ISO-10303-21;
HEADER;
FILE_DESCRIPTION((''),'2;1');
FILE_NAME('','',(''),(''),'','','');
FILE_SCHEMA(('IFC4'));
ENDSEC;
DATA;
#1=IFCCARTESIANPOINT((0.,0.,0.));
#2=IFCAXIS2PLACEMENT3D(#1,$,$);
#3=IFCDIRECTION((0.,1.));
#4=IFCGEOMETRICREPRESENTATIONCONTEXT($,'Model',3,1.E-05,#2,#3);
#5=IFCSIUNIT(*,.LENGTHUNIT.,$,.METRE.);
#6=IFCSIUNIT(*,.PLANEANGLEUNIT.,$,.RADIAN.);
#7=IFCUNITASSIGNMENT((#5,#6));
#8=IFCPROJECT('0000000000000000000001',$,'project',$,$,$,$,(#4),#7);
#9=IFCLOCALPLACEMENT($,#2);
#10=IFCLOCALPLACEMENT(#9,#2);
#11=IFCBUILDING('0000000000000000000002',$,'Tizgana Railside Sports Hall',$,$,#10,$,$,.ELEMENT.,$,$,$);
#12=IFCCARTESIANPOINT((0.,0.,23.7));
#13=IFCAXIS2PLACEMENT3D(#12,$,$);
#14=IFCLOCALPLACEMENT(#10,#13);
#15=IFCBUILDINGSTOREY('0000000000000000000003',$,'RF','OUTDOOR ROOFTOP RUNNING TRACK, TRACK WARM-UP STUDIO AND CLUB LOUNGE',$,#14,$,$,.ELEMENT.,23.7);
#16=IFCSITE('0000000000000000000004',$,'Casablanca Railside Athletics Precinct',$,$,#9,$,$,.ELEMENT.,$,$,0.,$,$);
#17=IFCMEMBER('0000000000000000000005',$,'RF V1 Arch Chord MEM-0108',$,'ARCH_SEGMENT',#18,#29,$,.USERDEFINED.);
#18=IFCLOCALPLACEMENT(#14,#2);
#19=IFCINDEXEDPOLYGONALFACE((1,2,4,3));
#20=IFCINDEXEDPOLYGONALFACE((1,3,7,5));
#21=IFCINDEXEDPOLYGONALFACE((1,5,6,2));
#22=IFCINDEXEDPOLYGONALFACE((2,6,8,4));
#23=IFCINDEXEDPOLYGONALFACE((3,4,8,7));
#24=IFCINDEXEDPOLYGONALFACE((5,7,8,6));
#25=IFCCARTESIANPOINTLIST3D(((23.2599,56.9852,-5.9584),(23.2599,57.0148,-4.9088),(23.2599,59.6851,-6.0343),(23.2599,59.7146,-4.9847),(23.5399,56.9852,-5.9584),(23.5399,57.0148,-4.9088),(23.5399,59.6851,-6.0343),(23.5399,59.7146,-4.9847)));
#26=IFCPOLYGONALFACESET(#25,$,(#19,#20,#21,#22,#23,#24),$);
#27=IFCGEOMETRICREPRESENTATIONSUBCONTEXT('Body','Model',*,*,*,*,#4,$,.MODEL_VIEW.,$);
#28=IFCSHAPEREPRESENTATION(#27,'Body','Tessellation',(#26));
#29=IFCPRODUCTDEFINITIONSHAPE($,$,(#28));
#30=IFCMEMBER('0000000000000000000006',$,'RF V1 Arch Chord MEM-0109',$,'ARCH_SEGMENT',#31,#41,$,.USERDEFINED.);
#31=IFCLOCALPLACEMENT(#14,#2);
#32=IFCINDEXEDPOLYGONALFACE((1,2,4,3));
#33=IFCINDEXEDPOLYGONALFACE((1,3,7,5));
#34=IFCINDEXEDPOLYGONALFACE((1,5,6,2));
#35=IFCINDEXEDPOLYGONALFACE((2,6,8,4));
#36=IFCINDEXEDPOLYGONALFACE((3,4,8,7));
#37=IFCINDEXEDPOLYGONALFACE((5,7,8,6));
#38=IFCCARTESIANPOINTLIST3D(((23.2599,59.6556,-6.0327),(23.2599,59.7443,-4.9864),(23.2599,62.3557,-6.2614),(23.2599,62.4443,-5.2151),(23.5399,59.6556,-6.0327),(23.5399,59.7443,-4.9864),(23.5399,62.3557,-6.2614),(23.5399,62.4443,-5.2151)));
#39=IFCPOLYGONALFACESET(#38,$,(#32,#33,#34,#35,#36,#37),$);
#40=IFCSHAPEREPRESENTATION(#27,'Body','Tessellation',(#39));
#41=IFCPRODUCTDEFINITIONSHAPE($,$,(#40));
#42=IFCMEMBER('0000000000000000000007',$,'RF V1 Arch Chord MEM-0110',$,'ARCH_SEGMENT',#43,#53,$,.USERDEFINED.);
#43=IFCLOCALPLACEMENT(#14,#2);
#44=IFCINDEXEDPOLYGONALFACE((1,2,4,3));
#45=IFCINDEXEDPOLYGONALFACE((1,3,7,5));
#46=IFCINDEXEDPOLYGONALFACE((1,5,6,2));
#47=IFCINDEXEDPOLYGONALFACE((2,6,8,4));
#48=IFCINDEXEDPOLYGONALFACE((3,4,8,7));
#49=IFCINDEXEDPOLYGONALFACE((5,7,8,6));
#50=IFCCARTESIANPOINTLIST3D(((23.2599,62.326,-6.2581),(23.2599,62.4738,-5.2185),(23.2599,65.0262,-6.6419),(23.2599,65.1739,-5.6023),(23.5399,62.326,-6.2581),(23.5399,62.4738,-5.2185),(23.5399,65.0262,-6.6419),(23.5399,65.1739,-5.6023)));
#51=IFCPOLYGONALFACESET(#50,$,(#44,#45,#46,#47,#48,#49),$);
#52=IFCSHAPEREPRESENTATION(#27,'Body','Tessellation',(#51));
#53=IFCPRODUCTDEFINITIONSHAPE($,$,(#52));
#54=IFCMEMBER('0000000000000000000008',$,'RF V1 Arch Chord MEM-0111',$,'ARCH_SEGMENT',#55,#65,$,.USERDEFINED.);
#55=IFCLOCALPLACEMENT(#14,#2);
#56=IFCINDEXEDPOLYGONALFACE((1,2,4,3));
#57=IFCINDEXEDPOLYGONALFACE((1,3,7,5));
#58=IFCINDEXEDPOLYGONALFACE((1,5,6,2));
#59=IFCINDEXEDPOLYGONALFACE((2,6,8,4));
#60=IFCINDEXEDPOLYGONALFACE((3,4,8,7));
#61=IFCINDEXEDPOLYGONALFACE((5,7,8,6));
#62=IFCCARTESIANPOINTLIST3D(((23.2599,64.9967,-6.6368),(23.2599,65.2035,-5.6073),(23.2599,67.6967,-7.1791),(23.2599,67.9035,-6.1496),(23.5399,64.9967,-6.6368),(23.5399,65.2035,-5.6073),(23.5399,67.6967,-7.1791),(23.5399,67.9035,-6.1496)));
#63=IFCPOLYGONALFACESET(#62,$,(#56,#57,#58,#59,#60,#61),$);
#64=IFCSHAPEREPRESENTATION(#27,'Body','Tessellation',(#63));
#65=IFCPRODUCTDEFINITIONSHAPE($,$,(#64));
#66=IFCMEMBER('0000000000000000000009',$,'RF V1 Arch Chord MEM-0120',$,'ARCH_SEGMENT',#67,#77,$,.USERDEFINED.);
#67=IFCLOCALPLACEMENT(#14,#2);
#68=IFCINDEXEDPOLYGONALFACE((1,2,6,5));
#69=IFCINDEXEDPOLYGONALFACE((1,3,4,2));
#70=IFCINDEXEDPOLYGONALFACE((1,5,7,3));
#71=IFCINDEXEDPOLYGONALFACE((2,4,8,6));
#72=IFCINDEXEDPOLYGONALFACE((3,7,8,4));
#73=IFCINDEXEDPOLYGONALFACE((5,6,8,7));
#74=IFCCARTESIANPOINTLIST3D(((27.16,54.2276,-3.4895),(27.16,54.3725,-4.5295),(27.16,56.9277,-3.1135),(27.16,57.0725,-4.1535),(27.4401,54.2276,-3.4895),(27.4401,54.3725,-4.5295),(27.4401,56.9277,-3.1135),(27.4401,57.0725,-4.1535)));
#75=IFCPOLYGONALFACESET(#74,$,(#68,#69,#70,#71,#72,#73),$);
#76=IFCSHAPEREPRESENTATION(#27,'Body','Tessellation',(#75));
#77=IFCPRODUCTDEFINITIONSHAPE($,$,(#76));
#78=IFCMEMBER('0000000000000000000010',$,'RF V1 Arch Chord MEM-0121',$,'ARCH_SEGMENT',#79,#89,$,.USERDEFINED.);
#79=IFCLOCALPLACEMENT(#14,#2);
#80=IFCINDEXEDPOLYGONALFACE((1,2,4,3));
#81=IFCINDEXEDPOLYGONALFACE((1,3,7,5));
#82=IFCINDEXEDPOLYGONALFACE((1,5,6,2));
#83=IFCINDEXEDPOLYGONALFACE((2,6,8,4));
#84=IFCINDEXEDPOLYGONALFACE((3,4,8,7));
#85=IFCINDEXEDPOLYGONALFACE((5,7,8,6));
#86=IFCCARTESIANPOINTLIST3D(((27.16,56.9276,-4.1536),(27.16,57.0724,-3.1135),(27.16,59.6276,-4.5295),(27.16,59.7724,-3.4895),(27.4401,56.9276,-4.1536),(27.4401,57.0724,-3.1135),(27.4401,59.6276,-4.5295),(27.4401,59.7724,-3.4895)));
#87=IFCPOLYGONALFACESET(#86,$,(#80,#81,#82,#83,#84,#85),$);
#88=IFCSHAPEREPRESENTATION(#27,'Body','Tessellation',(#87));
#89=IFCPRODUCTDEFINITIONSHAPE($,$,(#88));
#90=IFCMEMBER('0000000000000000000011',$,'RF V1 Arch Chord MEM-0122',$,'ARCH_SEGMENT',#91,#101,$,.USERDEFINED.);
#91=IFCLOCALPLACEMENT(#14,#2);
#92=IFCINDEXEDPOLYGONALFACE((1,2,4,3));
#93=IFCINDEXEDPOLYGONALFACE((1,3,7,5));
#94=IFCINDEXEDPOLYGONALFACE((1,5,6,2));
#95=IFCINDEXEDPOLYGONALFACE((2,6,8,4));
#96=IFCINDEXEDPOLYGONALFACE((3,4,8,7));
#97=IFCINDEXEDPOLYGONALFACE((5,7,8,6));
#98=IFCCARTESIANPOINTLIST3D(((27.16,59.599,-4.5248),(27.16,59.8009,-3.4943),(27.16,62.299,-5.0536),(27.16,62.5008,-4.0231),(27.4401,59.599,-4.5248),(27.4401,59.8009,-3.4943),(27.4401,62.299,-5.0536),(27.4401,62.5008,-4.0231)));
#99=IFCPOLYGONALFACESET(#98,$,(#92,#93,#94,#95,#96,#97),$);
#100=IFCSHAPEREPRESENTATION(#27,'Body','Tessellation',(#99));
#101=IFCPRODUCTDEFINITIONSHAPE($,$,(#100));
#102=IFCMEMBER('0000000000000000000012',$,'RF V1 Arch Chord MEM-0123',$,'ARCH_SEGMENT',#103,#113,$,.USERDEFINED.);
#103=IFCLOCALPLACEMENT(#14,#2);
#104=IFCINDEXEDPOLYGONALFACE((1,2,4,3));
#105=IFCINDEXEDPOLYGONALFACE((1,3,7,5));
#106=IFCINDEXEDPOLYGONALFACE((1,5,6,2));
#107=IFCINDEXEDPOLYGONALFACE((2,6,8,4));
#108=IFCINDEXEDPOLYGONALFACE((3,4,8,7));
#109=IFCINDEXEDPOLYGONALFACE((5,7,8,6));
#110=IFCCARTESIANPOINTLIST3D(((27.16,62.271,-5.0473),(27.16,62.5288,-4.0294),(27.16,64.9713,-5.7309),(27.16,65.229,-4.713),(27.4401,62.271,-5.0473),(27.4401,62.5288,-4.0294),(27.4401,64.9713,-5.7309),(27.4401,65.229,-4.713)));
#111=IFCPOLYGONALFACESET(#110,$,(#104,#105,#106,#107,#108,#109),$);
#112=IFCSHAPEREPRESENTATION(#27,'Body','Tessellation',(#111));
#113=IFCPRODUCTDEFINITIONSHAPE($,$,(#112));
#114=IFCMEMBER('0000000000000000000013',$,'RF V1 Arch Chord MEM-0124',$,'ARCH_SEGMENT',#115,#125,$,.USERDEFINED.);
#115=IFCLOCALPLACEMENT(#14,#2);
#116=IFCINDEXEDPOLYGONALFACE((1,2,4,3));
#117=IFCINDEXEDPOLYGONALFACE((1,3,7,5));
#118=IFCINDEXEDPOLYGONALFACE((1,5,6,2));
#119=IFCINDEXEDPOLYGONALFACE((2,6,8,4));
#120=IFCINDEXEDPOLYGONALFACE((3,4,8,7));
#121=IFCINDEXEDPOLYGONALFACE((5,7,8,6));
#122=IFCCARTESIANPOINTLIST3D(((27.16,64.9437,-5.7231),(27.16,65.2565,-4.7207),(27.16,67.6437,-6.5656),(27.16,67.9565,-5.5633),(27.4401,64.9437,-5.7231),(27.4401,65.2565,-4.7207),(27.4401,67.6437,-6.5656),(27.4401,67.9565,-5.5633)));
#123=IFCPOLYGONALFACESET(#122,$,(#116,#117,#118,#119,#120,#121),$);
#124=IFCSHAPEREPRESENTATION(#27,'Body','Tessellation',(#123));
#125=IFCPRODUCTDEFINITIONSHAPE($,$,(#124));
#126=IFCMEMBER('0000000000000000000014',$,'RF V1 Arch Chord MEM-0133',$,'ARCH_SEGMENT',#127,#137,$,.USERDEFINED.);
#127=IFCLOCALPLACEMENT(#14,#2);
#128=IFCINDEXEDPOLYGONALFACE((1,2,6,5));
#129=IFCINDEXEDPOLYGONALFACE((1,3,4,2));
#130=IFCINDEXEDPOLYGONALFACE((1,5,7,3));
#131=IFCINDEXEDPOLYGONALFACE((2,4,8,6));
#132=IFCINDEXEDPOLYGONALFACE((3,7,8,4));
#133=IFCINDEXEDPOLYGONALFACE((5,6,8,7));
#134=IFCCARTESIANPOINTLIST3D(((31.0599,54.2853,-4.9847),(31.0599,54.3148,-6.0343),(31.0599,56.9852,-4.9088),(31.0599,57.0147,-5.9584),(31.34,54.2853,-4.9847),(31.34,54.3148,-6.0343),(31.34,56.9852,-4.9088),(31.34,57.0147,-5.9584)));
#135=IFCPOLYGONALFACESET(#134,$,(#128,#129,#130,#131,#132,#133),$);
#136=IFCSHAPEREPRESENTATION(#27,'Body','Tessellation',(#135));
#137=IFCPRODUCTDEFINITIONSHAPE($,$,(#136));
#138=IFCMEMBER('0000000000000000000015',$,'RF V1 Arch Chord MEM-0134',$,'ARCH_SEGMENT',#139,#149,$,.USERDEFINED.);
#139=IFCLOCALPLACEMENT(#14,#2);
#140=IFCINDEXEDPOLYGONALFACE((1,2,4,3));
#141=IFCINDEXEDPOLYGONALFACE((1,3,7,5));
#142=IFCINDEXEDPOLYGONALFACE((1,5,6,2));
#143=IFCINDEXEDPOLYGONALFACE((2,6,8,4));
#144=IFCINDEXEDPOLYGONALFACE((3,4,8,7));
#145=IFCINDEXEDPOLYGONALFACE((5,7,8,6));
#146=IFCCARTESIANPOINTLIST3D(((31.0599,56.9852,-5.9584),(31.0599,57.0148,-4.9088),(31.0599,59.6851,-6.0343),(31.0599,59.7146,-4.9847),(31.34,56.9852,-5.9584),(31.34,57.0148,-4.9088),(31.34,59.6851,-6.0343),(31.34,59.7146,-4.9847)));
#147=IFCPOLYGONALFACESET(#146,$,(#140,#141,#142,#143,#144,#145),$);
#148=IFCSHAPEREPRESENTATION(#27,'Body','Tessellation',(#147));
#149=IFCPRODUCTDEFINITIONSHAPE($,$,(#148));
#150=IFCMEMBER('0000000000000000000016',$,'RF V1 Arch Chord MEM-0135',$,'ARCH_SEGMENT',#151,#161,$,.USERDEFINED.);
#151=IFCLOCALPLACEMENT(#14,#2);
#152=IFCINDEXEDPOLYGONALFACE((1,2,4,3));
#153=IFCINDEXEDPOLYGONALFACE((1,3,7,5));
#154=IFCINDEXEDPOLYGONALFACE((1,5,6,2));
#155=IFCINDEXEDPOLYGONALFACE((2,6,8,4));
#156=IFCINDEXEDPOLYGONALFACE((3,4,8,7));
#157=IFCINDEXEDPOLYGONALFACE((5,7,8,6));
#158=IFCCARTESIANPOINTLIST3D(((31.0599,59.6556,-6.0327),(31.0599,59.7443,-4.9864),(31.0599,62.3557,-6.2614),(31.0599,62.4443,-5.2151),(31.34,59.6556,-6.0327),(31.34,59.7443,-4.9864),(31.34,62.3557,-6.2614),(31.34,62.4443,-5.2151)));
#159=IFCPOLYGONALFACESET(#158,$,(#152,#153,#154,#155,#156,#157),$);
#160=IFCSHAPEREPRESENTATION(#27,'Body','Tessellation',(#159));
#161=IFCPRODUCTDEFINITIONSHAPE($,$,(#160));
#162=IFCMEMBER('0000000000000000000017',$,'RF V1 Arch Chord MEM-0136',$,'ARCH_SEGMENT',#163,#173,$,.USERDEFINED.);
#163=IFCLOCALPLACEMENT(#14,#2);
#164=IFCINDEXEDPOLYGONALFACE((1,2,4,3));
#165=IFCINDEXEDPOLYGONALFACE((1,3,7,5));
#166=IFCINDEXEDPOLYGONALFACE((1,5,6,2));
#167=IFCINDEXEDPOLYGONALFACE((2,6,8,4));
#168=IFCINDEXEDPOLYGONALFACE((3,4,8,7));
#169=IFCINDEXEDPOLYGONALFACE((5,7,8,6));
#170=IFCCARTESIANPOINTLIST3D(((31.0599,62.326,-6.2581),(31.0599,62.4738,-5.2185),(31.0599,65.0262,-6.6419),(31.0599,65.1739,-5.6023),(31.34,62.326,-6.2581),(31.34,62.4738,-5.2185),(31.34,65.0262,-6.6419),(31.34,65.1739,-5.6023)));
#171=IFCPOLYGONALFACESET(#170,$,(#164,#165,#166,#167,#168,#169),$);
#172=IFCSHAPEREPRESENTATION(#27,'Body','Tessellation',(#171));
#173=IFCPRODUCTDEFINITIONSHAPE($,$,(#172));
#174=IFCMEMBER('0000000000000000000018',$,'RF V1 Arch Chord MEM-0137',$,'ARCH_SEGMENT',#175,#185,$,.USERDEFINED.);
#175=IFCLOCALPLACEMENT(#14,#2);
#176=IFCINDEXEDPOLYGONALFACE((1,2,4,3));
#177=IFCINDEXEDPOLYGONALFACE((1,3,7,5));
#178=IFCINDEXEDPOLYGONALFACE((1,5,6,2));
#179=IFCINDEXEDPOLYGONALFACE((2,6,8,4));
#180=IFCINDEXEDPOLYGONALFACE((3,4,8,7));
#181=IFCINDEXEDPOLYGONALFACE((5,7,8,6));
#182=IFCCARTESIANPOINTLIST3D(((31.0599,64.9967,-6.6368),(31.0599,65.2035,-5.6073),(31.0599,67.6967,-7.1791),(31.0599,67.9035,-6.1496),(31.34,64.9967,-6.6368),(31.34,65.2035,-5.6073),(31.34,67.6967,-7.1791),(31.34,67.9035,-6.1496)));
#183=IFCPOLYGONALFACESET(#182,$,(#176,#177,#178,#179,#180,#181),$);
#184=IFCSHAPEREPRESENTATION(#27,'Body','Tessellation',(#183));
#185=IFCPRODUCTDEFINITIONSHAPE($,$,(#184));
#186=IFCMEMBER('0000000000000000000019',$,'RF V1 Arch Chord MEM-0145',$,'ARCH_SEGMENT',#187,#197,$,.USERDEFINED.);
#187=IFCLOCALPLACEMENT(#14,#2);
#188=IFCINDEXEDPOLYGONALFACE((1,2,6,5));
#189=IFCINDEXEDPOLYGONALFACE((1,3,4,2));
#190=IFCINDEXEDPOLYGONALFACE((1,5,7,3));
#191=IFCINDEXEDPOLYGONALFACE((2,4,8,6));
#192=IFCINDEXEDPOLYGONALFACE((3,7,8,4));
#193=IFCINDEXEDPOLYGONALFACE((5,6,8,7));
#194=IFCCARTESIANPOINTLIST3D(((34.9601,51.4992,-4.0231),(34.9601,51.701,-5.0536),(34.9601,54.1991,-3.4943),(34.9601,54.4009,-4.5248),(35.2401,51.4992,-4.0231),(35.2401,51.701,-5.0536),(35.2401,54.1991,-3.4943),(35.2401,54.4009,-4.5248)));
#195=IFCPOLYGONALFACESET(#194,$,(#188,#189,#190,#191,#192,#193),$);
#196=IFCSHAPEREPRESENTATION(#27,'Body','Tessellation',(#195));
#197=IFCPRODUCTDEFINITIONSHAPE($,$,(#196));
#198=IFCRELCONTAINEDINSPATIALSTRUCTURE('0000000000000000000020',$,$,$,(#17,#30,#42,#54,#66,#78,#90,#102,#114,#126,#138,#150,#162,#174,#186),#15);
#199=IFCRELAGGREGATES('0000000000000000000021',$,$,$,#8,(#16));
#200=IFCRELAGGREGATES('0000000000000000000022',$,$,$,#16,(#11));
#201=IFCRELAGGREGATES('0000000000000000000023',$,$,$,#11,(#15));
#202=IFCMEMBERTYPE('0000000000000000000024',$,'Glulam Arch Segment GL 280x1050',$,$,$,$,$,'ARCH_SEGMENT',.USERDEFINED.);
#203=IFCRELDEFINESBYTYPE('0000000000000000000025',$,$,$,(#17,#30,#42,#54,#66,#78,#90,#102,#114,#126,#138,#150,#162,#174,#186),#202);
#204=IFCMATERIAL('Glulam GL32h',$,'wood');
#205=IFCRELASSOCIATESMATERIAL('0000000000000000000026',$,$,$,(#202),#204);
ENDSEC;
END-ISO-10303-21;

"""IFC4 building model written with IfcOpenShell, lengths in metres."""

from ifc_helpers import new_model, si_unit, direction, frame, origin, origin_2d, place, context, subcontext, project, spatial, rectangle, extrude, material, material_profile, profile_set, type_object, element, save


model = new_model("IFC4")

# Units and contexts
model_context = context("Model", 3, precision=1e-05, world=origin(), true_north=direction((0.0, 1.0)))
body_context = subcontext(model_context, "Body", "Model", "MODEL_VIEW")
ifc_project = project(units=[si_unit("LENGTHUNIT", "METRE"), si_unit("PLANEANGLEUNIT", "RADIAN")], contexts=[model_context])

# Site, building, storey
site_placement = place(None, origin())
site = spatial("IfcSite", under=ifc_project, at=site_placement, Name="Casablanca Railside Athletics Precinct", CompositionType="ELEMENT", RefElevation=0.0)
building_placement = place(site_placement, origin())
building = spatial("IfcBuilding", under=site, at=building_placement, Name="Tizgana Railside Sports Hall", CompositionType="ELEMENT")
storey_placement = place(building_placement, frame((0.0, 0.0, 23.7)))
storey = spatial("IfcBuildingStorey", under=building, at=storey_placement, Name="RF", Description="OUTDOOR ROOFTOP RUNNING TRACK, TRACK WARM-UP STUDIO AND CLUB LOUNGE", CompositionType="ELEMENT", Elevation=23.7)

# Members
ifc_material_1 = material(Name="Glulam GL32h", Category="wood")
ifc_material_profile_1 = material_profile(ifc_material_1, rectangle(XDim=0.28, YDim=1.05, at=origin_2d()), Name="GL 280x1050")
ifc_profile_set_1 = profile_set([ifc_material_profile_1], Name="Glulam GL32h")
member_type_1 = type_object("IfcMemberType", Name="Glulam Arch Segment GL 280x1050", ElementType="ARCH_SEGMENT", PredefinedType="USERDEFINED", material=ifc_profile_set_1)
member_1_placement = place(storey_placement, frame((23.3999, 57.0, -5.4336), z_axis=(0.0, 0.999605, -0.028111), x_axis=(-1.0, 0.0, 0.0)))
element("IfcMember", 1, at=member_1_placement, inside=storey, type_object=member_type_1, Name="RF V1 Arch Chord MEM-0108", ObjectType="ARCH_SEGMENT", PredefinedType="USERDEFINED", context=body_context, shape_type="SweptSolid", body=[
    extrude(rectangle(XDim=0.28, YDim=1.05, at=origin_2d()), origin(), (0.0, 0.0, 1.0), 2.7009),
])
member_2_placement = place(storey_placement, frame((23.3999, 59.7, -5.5095), z_axis=(0.0, 0.99643, -0.084425), x_axis=(-1.0, 0.0, 0.0)))
element("IfcMember", 2, at=member_2_placement, inside=storey, type_object=member_type_1, Name="RF V1 Arch Chord MEM-0109", ObjectType="ARCH_SEGMENT", PredefinedType="USERDEFINED", context=body_context, shape_type="SweptSolid", body=[
    extrude(rectangle(XDim=0.28, YDim=1.05, at=origin_2d()), origin(), (0.0, 0.0, 1.0), 2.7097),
])
member_3_placement = place(storey_placement, frame((23.3999, 62.3999, -5.7383), z_axis=(0.0, 0.99005, -0.14072), x_axis=(-1.0, 0.0, 0.0)))
element("IfcMember", 3, at=member_3_placement, inside=storey, type_object=member_type_1, Name="RF V1 Arch Chord MEM-0110", ObjectType="ARCH_SEGMENT", PredefinedType="USERDEFINED", context=body_context, shape_type="SweptSolid", body=[
    extrude(rectangle(XDim=0.28, YDim=1.05, at=origin_2d()), origin(), (0.0, 0.0, 1.0), 2.7273),
])
member_4_placement = place(storey_placement, frame((23.3999, 65.1001, -6.1221), z_axis=(0.0, 0.980424, -0.1969), x_axis=(-1.0, 0.0, 0.0)))
element("IfcMember", 4, at=member_4_placement, inside=storey, type_object=member_type_1, Name="RF V1 Arch Chord MEM-0111", ObjectType="ARCH_SEGMENT", PredefinedType="USERDEFINED", context=body_context, shape_type="SweptSolid", body=[
    extrude(rectangle(XDim=0.28, YDim=1.05, at=origin_2d()), origin(), (0.0, 0.0, 1.0), 2.7539),
])
for number, where, z_axis, x_axis, name in (
    (5, (27.3, 54.3, -4.0095), (0.0, 0.990443, 0.137922), (-1.0, 0.0, 0.0), "RF V1 Arch Chord MEM-0120"),
    (6, (27.3, 57.0, -3.6335), (0.0, 0.990443, -0.137922), (-1.0, 0.0, 0.0), "RF V1 Arch Chord MEM-0121"),
):
    element("IfcMember", number, at=place(storey_placement, frame(where, z_axis=z_axis, x_axis=x_axis)), inside=storey, type_object=member_type_1, Name=name, ObjectType="ARCH_SEGMENT", PredefinedType="USERDEFINED", context=body_context, shape_type="SweptSolid", body=[
        extrude(rectangle(XDim=0.28, YDim=1.05, at=origin_2d()), origin(), (0.0, 0.0, 1.0), 2.7261),
    ])
member_5_placement = place(storey_placement, frame((27.3, 59.7, -4.0095), z_axis=(0.0, 0.981354, -0.192207), x_axis=(-1.0, 0.0, 0.0)))
element("IfcMember", 7, at=member_5_placement, inside=storey, type_object=member_type_1, Name="RF V1 Arch Chord MEM-0122", ObjectType="ARCH_SEGMENT", PredefinedType="USERDEFINED", context=body_context, shape_type="SweptSolid", body=[
    extrude(rectangle(XDim=0.28, YDim=1.05, at=origin_2d()), origin(), (0.0, 0.0, 1.0), 2.7512),
])
member_6_placement = place(storey_placement, frame((27.3, 62.3999, -4.5383), z_axis=(0.0, 0.969416, -0.245422), x_axis=(-1.0, 0.0, 0.0)))
element("IfcMember", 8, at=member_6_placement, inside=storey, type_object=member_type_1, Name="RF V1 Arch Chord MEM-0123", ObjectType="ARCH_SEGMENT", PredefinedType="USERDEFINED", context=body_context, shape_type="SweptSolid", body=[
    extrude(rectangle(XDim=0.28, YDim=1.05, at=origin_2d()), origin(), (0.0, 0.0, 1.0), 2.7854),
])
member_7_placement = place(storey_placement, frame((27.3, 65.1001, -5.2219), z_axis=(0.0, 0.954601, -0.297887), x_axis=(-1.0, 0.0, 0.0)))
element("IfcMember", 9, at=member_7_placement, inside=storey, type_object=member_type_1, Name="RF V1 Arch Chord MEM-0124", ObjectType="ARCH_SEGMENT", PredefinedType="USERDEFINED", context=body_context, shape_type="SweptSolid", body=[
    extrude(rectangle(XDim=0.28, YDim=1.05, at=origin_2d()), origin(), (0.0, 0.0, 1.0), 2.8284),
])
for number, where, z_axis, x_axis, name in (
    (10, (31.2, 54.3, -5.5095), (0.0, 0.999605, 0.028111), (-1.0, 0.0, 0.0), "RF V1 Arch Chord MEM-0133"),
    (11, (31.2, 57.0, -5.4336), (0.0, 0.999605, -0.028111), (-1.0, 0.0, 0.0), "RF V1 Arch Chord MEM-0134"),
):
    element("IfcMember", number, at=place(storey_placement, frame(where, z_axis=z_axis, x_axis=x_axis)), inside=storey, type_object=member_type_1, Name=name, ObjectType="ARCH_SEGMENT", PredefinedType="USERDEFINED", context=body_context, shape_type="SweptSolid", body=[
        extrude(rectangle(XDim=0.28, YDim=1.05, at=origin_2d()), origin(), (0.0, 0.0, 1.0), 2.7009),
    ])
member_8_placement = place(storey_placement, frame((31.2, 59.7, -5.5095), z_axis=(0.0, 0.99643, -0.084425), x_axis=(-1.0, 0.0, 0.0)))
element("IfcMember", 12, at=member_8_placement, inside=storey, type_object=member_type_1, Name="RF V1 Arch Chord MEM-0135", ObjectType="ARCH_SEGMENT", PredefinedType="USERDEFINED", context=body_context, shape_type="SweptSolid", body=[
    extrude(rectangle(XDim=0.28, YDim=1.05, at=origin_2d()), origin(), (0.0, 0.0, 1.0), 2.7097),
])
member_9_placement = place(storey_placement, frame((31.2, 62.3999, -5.7383), z_axis=(0.0, 0.99005, -0.14072), x_axis=(-1.0, 0.0, 0.0)))
element("IfcMember", 13, at=member_9_placement, inside=storey, type_object=member_type_1, Name="RF V1 Arch Chord MEM-0136", ObjectType="ARCH_SEGMENT", PredefinedType="USERDEFINED", context=body_context, shape_type="SweptSolid", body=[
    extrude(rectangle(XDim=0.28, YDim=1.05, at=origin_2d()), origin(), (0.0, 0.0, 1.0), 2.7273),
])
member_10_placement = place(storey_placement, frame((31.2, 65.1001, -6.1221), z_axis=(0.0, 0.980424, -0.1969), x_axis=(-1.0, 0.0, 0.0)))
element("IfcMember", 14, at=member_10_placement, inside=storey, type_object=member_type_1, Name="RF V1 Arch Chord MEM-0137", ObjectType="ARCH_SEGMENT", PredefinedType="USERDEFINED", context=body_context, shape_type="SweptSolid", body=[
    extrude(rectangle(XDim=0.28, YDim=1.05, at=origin_2d()), origin(), (0.0, 0.0, 1.0), 2.7539),
])
member_11_placement = place(storey_placement, frame((35.1001, 51.6001, -4.5383), z_axis=(0.0, 0.981354, 0.192207), x_axis=(-1.0, 0.0, 0.0)))
element("IfcMember", 15, at=member_11_placement, inside=storey, type_object=member_type_1, Name="RF V1 Arch Chord MEM-0145", ObjectType="ARCH_SEGMENT", PredefinedType="USERDEFINED", context=body_context, shape_type="SweptSolid", body=[
    extrude(rectangle(XDim=0.28, YDim=1.05, at=origin_2d()), origin(), (0.0, 0.0, 1.0), 2.7512),
])

save(model, "model.ifc")
